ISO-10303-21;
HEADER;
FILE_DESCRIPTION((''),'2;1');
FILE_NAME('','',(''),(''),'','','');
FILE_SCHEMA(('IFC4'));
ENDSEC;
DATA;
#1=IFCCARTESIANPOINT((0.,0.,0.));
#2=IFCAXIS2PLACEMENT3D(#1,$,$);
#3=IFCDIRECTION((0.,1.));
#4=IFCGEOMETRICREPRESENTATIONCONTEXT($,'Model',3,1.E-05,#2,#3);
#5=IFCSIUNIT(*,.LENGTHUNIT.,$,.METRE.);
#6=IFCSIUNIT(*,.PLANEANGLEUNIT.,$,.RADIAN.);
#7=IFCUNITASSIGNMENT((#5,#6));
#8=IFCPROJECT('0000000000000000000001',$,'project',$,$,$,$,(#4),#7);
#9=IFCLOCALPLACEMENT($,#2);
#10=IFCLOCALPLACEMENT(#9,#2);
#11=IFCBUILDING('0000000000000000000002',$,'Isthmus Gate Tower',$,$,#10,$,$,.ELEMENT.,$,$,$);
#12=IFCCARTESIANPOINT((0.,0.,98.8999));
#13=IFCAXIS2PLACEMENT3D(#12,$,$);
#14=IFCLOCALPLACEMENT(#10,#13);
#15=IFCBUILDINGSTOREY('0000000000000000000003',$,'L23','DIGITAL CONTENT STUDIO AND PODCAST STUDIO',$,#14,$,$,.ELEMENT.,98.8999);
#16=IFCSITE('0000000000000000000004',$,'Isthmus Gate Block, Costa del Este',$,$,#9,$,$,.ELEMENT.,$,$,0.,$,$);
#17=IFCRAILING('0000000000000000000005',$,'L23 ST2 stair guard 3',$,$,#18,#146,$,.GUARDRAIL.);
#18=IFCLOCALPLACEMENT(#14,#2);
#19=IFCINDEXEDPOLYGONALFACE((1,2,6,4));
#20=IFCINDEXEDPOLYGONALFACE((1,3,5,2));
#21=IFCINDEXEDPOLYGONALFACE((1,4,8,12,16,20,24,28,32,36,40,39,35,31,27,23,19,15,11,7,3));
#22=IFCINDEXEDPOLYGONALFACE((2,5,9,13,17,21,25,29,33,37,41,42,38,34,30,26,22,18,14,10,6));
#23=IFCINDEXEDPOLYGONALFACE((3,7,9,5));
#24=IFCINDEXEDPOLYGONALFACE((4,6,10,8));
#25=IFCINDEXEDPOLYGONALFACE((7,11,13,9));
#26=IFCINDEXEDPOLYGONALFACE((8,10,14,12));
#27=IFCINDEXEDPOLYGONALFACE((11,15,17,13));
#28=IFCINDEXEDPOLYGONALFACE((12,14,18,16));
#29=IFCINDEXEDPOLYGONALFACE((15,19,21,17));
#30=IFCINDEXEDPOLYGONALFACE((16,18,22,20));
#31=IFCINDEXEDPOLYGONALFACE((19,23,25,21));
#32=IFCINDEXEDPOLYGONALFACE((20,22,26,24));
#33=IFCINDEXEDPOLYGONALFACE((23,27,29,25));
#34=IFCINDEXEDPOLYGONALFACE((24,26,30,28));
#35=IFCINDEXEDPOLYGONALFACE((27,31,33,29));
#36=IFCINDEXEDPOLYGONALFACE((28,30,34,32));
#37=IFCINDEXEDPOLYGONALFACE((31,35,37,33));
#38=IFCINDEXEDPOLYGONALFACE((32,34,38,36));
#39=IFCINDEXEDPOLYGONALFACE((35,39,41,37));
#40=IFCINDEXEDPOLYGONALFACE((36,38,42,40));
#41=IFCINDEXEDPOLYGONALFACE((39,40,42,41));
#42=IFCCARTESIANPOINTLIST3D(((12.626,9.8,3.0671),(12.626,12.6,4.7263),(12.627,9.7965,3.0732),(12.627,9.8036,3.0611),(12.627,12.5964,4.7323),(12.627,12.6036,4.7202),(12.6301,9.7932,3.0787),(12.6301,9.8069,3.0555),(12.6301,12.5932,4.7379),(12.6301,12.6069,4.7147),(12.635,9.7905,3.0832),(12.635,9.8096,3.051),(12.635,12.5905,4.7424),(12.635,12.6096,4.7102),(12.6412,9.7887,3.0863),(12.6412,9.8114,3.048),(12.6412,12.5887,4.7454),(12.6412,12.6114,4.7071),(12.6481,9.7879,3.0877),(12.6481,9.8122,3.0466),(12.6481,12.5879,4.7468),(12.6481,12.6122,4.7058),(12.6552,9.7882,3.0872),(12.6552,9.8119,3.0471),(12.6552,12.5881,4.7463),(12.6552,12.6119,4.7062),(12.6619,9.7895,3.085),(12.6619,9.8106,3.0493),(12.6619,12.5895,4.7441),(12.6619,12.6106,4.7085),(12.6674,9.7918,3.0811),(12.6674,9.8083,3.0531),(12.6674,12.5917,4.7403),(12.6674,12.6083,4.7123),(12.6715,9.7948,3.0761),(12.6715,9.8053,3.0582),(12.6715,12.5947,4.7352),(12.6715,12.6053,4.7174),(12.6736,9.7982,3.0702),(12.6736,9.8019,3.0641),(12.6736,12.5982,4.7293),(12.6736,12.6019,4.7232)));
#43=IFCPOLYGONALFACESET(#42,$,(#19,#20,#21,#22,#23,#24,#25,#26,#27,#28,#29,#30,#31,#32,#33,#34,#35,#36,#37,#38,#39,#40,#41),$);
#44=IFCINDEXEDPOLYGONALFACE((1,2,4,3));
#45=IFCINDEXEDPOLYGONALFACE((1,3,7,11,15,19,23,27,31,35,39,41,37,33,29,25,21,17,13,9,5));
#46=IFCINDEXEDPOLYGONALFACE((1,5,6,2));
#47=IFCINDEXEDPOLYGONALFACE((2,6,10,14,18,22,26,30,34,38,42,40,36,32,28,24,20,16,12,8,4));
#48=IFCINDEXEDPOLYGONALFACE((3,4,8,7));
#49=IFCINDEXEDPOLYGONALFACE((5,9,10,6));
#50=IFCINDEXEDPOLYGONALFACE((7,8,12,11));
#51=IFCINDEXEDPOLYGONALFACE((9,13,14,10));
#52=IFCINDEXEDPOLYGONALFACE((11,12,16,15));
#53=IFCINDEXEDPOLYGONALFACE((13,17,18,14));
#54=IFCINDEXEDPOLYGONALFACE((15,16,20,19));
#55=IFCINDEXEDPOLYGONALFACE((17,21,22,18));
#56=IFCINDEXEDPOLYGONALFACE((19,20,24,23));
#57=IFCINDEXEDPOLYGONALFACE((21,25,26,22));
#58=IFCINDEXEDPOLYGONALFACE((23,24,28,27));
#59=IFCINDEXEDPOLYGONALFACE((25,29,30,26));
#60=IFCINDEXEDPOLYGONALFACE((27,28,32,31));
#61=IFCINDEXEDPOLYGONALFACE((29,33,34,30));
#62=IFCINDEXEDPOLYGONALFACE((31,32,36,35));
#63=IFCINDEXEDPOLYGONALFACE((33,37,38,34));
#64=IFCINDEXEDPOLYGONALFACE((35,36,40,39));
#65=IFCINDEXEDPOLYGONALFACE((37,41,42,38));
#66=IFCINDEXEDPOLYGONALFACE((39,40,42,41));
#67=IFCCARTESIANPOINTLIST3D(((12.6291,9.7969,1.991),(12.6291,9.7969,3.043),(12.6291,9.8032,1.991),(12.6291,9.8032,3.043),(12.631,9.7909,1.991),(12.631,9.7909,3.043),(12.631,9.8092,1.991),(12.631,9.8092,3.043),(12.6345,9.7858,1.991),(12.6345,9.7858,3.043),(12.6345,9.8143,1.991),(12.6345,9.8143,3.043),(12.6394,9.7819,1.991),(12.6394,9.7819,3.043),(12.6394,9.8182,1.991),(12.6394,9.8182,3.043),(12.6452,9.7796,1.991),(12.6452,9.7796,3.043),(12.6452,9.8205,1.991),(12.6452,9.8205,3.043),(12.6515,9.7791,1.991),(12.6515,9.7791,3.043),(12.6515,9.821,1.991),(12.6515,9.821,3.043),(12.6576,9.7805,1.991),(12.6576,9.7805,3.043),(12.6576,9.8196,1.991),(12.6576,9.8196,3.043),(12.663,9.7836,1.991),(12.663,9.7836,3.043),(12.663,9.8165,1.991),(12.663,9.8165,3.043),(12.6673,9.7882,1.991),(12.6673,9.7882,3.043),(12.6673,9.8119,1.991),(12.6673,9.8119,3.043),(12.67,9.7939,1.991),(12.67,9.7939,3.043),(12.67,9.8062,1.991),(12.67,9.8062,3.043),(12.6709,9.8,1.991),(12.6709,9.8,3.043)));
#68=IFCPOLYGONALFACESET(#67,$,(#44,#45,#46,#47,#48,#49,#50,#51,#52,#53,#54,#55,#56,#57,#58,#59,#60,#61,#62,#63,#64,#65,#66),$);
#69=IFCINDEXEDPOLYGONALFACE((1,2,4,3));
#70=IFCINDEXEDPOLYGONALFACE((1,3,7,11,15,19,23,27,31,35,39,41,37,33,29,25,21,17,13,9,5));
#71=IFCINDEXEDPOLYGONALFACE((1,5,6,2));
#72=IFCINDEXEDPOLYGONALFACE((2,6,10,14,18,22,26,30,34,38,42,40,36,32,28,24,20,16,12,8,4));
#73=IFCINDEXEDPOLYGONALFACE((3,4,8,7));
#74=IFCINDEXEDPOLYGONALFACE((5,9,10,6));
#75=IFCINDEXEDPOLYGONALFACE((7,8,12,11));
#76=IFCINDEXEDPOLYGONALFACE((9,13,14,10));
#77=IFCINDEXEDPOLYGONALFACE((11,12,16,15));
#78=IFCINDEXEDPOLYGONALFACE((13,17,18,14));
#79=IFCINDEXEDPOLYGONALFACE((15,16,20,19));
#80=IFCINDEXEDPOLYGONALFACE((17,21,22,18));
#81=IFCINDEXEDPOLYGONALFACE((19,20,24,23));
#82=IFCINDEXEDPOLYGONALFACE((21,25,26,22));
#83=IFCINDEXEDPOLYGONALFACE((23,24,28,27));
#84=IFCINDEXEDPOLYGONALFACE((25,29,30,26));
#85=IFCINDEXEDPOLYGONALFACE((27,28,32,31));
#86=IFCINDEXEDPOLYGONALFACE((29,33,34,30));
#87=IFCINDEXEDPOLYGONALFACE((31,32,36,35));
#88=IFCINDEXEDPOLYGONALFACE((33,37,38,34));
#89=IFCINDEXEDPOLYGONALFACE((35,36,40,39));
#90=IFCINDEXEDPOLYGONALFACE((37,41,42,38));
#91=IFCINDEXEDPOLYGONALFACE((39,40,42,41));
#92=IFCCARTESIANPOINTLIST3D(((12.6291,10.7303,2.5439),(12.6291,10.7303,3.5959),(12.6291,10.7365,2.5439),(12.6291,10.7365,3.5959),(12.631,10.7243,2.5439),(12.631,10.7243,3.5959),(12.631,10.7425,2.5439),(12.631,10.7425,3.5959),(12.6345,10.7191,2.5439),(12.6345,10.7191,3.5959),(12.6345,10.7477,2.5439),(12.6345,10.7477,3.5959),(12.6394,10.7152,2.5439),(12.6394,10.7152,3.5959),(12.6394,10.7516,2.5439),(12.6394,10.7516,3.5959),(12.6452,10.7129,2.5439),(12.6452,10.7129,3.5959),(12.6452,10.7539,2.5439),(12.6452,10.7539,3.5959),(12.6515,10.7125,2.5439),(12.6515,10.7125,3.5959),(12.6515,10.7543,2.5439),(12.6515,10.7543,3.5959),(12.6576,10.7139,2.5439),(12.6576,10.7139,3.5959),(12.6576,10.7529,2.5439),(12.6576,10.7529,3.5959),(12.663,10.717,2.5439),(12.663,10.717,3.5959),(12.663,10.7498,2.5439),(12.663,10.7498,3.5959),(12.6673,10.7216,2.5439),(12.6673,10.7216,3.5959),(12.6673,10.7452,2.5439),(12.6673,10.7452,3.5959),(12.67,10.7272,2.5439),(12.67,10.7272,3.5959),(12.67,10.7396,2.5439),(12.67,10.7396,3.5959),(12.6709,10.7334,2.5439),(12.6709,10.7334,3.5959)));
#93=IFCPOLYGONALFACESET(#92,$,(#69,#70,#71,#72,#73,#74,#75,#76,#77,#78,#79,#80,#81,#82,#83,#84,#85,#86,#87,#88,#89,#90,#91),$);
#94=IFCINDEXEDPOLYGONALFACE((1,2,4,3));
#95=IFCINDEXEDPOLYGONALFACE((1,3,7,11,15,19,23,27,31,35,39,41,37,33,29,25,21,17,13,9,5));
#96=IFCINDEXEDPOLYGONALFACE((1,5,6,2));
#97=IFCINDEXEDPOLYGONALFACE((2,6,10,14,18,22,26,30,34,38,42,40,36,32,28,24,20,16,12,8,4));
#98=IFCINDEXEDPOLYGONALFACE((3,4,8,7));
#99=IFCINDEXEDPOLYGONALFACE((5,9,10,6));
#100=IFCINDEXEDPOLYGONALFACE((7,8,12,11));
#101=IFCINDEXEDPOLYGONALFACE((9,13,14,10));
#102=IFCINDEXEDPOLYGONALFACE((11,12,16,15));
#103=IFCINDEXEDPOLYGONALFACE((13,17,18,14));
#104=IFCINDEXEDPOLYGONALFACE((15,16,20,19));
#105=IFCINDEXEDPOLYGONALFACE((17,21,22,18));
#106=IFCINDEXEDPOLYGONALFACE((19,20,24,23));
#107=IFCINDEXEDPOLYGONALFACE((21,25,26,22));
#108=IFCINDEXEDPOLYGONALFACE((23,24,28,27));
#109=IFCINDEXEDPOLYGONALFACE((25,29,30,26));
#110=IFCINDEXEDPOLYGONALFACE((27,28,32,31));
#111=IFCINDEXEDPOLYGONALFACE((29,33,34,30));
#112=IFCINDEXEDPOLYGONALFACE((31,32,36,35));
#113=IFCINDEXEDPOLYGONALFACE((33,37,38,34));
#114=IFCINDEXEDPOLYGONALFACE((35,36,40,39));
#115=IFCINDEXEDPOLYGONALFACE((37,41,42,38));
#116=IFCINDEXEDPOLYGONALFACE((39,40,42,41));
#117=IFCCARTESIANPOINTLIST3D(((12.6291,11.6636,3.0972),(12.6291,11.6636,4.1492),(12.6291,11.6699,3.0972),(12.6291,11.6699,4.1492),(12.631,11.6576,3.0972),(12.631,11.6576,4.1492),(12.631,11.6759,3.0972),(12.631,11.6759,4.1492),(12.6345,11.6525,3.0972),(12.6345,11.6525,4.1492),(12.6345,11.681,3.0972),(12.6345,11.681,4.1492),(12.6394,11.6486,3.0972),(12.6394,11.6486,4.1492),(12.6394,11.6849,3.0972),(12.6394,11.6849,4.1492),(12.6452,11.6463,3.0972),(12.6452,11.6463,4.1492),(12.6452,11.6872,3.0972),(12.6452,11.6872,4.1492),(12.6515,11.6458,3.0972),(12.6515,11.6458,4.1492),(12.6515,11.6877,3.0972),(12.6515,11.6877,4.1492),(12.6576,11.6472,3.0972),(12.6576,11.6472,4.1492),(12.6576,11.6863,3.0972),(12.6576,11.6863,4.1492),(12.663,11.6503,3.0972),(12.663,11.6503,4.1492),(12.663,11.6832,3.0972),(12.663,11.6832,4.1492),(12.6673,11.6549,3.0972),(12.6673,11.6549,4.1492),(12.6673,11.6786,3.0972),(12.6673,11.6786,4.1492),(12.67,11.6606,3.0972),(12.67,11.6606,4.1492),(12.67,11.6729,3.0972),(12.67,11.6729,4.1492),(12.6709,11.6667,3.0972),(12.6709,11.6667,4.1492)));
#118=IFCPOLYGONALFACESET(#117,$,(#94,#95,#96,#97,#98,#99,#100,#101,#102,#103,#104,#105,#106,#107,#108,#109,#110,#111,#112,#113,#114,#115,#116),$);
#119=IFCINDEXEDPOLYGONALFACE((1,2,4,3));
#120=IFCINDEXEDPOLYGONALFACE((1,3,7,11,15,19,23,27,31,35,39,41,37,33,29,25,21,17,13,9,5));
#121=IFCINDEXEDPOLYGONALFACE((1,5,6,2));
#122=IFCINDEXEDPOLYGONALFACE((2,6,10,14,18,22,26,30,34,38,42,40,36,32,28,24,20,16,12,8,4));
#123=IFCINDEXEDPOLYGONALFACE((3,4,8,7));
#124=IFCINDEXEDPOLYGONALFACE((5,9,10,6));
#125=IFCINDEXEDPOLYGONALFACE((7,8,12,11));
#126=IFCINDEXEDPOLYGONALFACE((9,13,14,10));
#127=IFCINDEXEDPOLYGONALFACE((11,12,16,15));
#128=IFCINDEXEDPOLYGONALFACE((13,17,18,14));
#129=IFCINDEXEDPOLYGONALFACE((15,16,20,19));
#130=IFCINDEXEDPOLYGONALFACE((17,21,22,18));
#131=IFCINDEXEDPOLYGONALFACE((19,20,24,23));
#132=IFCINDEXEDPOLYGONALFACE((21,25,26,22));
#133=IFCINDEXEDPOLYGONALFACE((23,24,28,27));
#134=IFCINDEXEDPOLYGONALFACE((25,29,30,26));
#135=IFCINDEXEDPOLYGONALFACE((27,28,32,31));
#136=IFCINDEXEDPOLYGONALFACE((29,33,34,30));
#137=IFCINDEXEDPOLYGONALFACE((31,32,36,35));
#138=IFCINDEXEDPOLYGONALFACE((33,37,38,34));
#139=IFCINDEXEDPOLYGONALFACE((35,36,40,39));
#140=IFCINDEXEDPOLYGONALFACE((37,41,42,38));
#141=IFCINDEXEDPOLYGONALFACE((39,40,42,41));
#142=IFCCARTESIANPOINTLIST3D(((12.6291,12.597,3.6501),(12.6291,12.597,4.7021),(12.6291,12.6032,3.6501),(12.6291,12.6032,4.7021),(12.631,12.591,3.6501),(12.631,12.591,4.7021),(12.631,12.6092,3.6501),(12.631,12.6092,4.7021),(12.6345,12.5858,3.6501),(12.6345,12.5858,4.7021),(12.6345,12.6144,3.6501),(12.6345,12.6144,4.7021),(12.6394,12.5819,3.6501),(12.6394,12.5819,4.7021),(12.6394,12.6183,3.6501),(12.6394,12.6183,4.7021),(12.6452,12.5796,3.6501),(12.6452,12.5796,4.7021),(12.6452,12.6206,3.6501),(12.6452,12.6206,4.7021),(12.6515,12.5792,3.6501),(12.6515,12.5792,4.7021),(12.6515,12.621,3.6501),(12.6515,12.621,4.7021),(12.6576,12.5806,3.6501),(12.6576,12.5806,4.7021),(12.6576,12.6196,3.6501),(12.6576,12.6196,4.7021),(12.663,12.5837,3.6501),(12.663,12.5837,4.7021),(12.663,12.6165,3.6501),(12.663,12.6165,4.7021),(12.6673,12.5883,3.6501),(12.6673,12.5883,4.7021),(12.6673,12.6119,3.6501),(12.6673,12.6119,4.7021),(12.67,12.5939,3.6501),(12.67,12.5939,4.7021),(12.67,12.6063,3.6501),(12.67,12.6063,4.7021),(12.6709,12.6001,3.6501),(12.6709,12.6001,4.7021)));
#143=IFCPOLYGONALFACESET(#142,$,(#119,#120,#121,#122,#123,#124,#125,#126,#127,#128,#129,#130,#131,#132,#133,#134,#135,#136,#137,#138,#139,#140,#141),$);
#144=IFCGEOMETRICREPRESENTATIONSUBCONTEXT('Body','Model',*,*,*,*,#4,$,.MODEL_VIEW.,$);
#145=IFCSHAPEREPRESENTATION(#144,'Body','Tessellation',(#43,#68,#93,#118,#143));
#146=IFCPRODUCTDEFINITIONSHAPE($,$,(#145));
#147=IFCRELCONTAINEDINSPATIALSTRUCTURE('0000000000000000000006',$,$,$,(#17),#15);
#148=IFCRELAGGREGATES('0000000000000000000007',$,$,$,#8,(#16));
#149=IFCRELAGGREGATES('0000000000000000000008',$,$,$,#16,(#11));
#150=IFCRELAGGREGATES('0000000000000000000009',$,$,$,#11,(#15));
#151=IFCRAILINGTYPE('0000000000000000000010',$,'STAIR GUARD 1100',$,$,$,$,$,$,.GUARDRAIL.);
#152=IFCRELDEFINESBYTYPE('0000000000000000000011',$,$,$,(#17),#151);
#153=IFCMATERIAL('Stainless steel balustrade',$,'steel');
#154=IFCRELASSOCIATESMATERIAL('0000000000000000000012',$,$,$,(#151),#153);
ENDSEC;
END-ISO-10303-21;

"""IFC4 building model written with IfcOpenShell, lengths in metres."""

from ifc_helpers import new_model, si_unit, direction, frame, origin, origin_2d, place, context, subcontext, project, spatial, circle, extrude, material, type_object, element, save


model = new_model("IFC4")

# Units and contexts
model_context = context("Model", 3, precision=1e-05, world=origin(), true_north=direction((0.0, 1.0)))
body_context = subcontext(model_context, "Body", "Model", "MODEL_VIEW")
ifc_project = project(units=[si_unit("LENGTHUNIT", "METRE"), si_unit("PLANEANGLEUNIT", "RADIAN")], contexts=[model_context])

# Site, building, storey
site_placement = place(None, origin())
site = spatial("IfcSite", under=ifc_project, at=site_placement, Name="Isthmus Gate Block, Costa del Este", CompositionType="ELEMENT", RefElevation=0.0)
building_placement = place(site_placement, origin())
building = spatial("IfcBuilding", under=site, at=building_placement, Name="Isthmus Gate Tower", CompositionType="ELEMENT")
storey_placement = place(building_placement, frame((0.0, 0.0, 98.8999)))
storey = spatial("IfcBuildingStorey", under=building, at=storey_placement, Name="L23", Description="DIGITAL CONTENT STUDIO AND PODCAST STUDIO", CompositionType="ELEMENT", Elevation=98.8999)

# Railing
ifc_material_1 = material(Name="Stainless steel balustrade", Category="steel")
railing_type_1 = type_object("IfcRailingType", Name="STAIR GUARD 1100", PredefinedType="GUARDRAIL", material=ifc_material_1)
railing_1_placement = place(storey_placement, frame((12.6499, 9.8, 1.991)))
element("IfcRailing", 1, at=railing_1_placement, inside=storey, type_object=railing_type_1, Name="L23 ST2 stair guard 3", PredefinedType="GUARDRAIL", context=body_context, shape_type="SweptSolid", body=[
    extrude(circle(Radius=0.0239, at=origin_2d()), frame((0.0, 0.0, 1.0762), z_axis=(0.0, 0.860306, 0.509778), x_axis=(-1.0, 0.0, 0.0)), (0.0, 0.0, 1.0), 3.2546),
    extrude(circle(Radius=0.021, at=origin_2d()), origin(), (0.0, 0.0, 1.0), 1.052),
    extrude(circle(Radius=0.021, at=origin_2d()), frame((0.0, 0.9333, 0.553)), (0.0, 0.0, 1.0), 1.052),
    extrude(circle(Radius=0.021, at=origin_2d()), frame((0.0, 1.8667, 1.1062)), (0.0, 0.0, 1.0), 1.052),
    extrude(circle(Radius=0.021, at=origin_2d()), frame((0.0, 2.8, 1.6592)), (0.0, 0.0, 1.0), 1.052),
])

save(model, "model.ifc")
